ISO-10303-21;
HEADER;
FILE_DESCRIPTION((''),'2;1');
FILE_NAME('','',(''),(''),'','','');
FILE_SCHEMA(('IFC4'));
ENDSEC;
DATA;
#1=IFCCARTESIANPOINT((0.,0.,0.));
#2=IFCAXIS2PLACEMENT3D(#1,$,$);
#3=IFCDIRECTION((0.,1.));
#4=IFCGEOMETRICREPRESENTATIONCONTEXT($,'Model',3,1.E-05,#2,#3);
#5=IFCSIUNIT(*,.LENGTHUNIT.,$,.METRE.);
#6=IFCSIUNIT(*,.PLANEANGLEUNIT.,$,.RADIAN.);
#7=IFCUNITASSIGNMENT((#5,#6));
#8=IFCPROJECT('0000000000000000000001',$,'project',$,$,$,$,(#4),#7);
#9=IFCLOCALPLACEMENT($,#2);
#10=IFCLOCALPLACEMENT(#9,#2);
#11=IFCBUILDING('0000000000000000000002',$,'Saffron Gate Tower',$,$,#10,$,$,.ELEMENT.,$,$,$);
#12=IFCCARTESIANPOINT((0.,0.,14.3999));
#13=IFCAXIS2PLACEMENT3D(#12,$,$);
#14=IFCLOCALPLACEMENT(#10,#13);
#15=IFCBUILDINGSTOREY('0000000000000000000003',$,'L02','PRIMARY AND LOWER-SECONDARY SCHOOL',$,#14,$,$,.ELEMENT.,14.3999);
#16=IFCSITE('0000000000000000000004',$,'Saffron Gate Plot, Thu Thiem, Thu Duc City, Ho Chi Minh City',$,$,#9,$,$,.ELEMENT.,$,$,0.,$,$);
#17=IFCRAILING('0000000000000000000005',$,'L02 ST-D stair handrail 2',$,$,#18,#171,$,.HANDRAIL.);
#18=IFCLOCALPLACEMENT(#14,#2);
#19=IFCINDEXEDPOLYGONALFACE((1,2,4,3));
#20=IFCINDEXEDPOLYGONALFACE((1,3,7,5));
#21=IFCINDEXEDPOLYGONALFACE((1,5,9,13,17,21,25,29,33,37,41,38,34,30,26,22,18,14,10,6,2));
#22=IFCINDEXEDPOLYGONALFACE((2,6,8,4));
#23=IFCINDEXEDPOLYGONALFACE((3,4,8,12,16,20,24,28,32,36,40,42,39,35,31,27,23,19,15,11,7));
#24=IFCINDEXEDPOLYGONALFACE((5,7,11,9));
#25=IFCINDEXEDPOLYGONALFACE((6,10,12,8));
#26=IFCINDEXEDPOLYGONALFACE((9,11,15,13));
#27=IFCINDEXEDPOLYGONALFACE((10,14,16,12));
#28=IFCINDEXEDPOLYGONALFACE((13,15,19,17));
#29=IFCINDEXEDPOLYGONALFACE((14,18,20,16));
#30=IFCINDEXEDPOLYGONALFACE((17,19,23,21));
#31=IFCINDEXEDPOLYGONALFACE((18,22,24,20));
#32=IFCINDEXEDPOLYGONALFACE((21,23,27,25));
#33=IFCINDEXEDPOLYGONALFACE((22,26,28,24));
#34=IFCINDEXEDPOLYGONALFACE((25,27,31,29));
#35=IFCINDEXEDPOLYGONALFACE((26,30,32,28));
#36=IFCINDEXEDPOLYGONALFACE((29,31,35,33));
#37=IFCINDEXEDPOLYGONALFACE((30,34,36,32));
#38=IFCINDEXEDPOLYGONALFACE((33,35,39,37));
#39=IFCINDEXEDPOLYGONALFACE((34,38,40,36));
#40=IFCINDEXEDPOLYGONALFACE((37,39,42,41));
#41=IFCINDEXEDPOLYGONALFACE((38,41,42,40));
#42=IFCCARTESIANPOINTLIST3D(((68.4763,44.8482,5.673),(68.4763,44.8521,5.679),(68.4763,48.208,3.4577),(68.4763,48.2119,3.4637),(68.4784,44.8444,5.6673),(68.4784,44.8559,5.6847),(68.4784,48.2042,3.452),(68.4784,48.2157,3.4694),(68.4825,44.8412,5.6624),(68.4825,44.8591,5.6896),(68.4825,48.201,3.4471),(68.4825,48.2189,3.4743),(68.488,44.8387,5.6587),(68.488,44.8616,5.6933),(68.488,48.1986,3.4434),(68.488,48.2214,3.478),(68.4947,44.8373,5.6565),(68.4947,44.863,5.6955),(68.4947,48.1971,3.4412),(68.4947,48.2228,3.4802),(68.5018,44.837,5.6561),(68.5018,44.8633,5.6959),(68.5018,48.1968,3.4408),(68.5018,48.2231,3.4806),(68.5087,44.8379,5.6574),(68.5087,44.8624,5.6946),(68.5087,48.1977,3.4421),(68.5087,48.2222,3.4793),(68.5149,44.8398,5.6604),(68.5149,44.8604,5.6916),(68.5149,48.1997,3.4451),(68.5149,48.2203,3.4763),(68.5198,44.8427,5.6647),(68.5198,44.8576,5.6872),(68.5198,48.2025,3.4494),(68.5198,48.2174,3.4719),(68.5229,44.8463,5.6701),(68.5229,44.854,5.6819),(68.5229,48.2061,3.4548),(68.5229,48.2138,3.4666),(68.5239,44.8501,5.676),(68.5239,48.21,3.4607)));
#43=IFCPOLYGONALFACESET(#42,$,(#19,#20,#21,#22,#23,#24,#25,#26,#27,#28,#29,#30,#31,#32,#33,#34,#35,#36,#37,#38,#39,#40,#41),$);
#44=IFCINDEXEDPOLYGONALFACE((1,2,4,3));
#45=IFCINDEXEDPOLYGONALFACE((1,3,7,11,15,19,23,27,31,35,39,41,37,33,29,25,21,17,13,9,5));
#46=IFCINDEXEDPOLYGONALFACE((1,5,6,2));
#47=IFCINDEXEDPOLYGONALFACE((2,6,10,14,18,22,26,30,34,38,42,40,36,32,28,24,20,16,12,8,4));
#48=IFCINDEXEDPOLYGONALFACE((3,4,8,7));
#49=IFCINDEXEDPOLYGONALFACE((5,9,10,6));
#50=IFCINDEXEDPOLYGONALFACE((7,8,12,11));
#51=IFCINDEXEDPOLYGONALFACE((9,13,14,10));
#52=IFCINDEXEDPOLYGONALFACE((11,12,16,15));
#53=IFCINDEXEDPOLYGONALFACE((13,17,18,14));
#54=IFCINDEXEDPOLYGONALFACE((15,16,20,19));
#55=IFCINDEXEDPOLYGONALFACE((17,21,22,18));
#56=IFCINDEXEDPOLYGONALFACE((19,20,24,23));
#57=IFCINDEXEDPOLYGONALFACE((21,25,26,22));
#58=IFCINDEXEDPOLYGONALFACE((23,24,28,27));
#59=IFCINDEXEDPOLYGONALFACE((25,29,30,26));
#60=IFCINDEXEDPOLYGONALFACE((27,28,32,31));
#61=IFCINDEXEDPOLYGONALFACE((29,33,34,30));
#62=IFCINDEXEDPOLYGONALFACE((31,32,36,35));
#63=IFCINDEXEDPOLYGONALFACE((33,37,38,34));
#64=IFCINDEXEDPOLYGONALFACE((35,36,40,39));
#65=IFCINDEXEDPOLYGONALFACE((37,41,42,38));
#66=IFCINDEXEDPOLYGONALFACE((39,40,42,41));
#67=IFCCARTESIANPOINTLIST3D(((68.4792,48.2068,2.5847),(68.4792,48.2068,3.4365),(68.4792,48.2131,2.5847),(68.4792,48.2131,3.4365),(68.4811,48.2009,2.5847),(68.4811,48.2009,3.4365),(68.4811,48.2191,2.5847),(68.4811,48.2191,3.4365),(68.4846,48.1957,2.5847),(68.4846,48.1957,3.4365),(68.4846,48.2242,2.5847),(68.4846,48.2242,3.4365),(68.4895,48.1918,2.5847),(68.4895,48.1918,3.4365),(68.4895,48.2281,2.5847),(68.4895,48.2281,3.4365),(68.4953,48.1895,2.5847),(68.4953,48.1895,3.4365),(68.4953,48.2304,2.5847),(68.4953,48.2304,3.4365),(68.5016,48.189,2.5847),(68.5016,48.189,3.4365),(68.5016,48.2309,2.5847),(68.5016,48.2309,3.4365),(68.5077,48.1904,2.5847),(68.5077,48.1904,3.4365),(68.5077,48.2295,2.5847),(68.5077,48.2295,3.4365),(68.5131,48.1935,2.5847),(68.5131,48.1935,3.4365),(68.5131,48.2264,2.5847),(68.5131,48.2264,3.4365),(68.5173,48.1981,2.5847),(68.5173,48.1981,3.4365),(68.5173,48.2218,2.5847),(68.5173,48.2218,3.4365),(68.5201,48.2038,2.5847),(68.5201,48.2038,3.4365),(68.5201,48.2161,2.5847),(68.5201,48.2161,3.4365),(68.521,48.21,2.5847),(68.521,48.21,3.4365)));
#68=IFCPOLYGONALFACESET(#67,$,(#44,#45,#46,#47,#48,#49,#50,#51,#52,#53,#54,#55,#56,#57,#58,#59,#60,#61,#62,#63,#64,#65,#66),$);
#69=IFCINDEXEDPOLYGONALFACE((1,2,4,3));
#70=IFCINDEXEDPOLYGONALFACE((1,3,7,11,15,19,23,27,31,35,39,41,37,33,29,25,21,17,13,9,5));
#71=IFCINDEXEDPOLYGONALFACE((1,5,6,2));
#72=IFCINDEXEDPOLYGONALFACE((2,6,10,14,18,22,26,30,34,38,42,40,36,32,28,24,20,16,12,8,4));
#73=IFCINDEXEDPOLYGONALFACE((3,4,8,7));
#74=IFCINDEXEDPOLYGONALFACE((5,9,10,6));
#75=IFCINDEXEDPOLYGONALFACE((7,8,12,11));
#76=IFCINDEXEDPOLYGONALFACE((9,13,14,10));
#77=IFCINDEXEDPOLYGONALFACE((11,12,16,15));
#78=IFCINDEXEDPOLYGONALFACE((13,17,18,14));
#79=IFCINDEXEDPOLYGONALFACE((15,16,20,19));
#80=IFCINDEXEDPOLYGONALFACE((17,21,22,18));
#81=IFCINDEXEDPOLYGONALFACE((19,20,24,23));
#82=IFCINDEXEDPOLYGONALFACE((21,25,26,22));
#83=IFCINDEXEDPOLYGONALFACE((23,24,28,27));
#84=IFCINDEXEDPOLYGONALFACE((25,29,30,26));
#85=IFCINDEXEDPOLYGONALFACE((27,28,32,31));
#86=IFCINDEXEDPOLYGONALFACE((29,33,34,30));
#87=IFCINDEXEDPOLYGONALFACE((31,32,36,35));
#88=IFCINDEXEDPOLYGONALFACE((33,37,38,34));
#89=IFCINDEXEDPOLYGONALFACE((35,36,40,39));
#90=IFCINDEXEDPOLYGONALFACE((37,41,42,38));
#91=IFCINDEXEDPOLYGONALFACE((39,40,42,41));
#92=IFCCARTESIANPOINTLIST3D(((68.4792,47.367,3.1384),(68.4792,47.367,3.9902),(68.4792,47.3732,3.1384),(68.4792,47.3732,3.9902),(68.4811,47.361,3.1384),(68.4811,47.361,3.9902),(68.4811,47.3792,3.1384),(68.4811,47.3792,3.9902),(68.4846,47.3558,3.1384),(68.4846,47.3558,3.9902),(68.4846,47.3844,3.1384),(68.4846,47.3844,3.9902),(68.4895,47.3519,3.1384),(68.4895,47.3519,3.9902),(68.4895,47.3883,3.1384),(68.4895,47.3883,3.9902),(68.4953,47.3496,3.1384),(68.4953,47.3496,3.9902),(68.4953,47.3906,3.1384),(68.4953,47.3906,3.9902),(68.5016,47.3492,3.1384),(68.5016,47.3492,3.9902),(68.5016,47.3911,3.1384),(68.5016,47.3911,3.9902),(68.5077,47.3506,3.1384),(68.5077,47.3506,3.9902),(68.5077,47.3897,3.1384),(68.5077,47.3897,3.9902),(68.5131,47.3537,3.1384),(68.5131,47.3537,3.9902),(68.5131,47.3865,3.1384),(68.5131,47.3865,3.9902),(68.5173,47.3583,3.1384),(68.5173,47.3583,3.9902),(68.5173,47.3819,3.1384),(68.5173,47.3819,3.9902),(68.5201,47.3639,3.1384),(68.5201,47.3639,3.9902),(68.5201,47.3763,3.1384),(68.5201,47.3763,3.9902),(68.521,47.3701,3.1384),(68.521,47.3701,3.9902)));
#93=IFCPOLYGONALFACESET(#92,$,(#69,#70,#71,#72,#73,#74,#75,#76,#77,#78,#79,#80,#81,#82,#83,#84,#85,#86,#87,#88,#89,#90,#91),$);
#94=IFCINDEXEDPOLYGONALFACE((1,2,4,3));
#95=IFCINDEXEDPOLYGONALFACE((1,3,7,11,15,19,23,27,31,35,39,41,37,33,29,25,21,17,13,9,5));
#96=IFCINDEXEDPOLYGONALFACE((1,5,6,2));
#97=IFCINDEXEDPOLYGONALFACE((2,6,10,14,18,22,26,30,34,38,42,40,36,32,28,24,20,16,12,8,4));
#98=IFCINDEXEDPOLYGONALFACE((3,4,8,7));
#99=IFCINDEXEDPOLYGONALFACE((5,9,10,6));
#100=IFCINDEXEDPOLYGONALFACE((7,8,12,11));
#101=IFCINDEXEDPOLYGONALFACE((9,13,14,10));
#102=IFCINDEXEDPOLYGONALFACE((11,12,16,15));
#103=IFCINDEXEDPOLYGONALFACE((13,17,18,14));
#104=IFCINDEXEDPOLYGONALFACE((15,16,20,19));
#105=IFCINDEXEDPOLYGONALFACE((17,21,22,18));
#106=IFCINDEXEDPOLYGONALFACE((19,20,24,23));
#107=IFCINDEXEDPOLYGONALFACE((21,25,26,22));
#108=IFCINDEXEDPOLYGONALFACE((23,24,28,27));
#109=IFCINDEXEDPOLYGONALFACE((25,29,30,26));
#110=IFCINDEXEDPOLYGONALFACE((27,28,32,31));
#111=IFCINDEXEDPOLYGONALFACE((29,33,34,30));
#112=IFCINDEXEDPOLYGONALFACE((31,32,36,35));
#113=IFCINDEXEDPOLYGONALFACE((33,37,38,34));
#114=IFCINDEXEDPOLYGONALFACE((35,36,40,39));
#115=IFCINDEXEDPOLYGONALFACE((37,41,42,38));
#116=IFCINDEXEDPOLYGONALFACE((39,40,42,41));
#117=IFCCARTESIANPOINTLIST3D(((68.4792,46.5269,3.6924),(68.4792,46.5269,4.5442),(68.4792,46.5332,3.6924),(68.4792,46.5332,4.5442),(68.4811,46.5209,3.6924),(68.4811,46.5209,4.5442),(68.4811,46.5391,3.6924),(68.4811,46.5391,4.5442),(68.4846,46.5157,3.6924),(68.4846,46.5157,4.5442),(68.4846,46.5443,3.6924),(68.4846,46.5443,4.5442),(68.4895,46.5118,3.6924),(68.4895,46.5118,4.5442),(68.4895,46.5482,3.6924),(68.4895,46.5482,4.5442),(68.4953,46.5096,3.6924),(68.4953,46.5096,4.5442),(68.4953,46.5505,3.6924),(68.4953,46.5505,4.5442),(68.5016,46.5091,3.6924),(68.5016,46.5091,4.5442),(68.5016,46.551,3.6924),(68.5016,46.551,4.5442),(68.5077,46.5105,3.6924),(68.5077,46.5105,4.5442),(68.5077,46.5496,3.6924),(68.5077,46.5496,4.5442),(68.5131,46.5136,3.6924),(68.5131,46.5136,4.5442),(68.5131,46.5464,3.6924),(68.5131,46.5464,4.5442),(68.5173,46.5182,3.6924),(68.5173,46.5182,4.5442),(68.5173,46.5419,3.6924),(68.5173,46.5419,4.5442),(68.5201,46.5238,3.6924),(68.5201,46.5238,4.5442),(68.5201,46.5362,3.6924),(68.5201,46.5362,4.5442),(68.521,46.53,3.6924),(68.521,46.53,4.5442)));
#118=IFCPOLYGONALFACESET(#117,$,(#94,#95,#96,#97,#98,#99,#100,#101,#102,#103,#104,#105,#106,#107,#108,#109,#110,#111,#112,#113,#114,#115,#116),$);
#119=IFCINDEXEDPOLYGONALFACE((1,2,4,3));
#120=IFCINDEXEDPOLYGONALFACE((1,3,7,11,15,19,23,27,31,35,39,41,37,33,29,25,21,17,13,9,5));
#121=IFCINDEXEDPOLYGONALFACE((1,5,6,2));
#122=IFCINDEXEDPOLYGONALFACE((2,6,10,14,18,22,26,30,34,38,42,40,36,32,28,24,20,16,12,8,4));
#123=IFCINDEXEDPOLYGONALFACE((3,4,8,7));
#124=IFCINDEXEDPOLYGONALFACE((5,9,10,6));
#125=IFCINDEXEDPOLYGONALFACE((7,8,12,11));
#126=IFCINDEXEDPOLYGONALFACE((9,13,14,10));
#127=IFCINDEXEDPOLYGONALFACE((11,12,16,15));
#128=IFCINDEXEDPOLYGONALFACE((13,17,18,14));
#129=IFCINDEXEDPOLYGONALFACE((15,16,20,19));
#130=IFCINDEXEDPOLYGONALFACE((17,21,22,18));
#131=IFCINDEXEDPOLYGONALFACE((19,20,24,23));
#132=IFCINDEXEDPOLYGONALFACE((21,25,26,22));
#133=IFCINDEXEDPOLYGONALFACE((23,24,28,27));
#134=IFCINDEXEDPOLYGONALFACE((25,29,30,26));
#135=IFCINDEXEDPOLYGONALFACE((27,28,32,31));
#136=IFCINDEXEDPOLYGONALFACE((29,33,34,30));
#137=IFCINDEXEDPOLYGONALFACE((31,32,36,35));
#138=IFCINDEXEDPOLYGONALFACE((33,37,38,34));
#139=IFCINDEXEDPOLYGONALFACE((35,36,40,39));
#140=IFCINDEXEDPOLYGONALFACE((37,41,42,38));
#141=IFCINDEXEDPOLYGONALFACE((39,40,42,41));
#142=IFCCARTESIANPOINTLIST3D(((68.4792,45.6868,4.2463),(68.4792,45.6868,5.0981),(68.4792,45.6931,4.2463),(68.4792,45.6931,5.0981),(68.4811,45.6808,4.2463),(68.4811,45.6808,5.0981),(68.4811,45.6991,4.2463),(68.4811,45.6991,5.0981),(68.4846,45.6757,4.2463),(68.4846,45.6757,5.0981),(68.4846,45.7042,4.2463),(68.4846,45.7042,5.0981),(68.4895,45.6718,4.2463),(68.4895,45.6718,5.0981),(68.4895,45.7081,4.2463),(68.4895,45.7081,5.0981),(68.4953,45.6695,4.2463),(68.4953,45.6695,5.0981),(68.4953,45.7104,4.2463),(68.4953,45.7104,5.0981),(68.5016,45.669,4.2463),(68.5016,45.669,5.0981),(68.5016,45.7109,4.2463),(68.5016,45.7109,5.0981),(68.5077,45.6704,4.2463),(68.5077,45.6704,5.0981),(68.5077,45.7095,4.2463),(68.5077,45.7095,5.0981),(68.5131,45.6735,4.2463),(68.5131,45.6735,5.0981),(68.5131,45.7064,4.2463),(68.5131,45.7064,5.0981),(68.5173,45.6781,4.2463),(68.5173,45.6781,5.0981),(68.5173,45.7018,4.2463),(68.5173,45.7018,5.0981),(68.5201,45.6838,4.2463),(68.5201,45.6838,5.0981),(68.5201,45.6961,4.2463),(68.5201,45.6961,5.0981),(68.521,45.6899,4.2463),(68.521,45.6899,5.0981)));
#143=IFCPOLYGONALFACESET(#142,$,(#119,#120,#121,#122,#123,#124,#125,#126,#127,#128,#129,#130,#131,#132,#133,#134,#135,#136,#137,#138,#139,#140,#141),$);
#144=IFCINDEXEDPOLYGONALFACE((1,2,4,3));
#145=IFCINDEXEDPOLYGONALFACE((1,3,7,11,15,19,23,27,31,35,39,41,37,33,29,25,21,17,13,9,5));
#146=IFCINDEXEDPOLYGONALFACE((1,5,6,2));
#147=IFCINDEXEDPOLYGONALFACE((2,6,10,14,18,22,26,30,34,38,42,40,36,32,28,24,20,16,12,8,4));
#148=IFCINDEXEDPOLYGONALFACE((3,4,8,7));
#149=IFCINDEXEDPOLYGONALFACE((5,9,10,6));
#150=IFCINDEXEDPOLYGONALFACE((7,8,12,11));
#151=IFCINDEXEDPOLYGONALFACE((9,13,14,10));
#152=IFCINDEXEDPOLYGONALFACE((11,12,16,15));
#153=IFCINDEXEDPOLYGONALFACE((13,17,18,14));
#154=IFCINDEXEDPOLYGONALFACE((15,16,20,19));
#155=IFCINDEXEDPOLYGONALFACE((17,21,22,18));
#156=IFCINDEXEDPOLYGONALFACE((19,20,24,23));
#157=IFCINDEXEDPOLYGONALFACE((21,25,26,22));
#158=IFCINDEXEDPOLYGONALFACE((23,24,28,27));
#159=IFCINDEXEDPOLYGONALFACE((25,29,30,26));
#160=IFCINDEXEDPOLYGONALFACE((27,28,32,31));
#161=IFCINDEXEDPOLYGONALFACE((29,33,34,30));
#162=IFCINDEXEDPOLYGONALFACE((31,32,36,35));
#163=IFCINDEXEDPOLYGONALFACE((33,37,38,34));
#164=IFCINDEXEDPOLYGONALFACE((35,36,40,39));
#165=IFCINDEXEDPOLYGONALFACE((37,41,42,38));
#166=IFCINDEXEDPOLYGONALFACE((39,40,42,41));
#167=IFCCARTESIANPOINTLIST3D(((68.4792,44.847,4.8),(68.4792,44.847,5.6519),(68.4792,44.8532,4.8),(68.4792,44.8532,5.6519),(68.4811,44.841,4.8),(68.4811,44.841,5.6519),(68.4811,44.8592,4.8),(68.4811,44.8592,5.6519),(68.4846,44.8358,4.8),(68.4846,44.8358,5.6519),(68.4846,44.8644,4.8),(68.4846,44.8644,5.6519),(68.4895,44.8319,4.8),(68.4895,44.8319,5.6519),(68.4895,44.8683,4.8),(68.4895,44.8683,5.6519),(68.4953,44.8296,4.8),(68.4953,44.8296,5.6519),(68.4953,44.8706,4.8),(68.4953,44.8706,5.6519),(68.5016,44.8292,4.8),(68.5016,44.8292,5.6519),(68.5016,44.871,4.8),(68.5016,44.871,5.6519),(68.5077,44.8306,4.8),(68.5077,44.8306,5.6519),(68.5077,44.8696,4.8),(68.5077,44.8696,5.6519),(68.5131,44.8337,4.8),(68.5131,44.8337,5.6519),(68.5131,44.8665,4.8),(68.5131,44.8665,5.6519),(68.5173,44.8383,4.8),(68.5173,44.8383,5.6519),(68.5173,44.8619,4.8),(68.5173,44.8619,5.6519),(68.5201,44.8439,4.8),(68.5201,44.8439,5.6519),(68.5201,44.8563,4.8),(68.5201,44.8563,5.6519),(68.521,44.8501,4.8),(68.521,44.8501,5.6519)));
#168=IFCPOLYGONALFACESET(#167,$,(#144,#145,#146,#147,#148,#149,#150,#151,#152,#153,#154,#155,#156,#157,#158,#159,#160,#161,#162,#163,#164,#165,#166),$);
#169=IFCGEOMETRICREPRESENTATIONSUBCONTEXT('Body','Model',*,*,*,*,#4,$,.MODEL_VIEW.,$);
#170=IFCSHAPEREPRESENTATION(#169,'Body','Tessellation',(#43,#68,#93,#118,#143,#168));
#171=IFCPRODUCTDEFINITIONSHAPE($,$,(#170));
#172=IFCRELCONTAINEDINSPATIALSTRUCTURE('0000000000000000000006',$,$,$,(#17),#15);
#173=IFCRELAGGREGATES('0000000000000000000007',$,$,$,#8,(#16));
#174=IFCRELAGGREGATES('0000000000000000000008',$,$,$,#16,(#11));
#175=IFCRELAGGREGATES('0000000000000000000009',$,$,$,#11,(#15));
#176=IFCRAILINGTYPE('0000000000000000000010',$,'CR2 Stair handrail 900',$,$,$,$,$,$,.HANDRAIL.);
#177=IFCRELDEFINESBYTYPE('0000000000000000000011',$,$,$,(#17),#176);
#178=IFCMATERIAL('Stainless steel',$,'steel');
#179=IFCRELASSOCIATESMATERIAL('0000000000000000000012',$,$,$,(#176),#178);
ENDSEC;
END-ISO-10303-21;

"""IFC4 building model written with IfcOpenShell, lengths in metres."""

from ifc_helpers import new_model, si_unit, direction, frame, origin, origin_2d, place, context, subcontext, project, spatial, circle, extrude, material, type_object, element, save


model = new_model("IFC4")

# Units and contexts
model_context = context("Model", 3, precision=1e-05, world=origin(), true_north=direction((0.0, 1.0)))
body_context = subcontext(model_context, "Body", "Model", "MODEL_VIEW")
ifc_project = project(units=[si_unit("LENGTHUNIT", "METRE"), si_unit("PLANEANGLEUNIT", "RADIAN")], contexts=[model_context])

# Site, building, storey
site_placement = place(None, origin())
site = spatial("IfcSite", under=ifc_project, at=site_placement, Name="Saffron Gate Plot, Thu Thiem, Thu Duc City, Ho Chi Minh City", CompositionType="ELEMENT", RefElevation=0.0)
building_placement = place(site_placement, origin())
building = spatial("IfcBuilding", under=site, at=building_placement, Name="Saffron Gate Tower", CompositionType="ELEMENT")
storey_placement = place(building_placement, frame((0.0, 0.0, 14.3999)))
storey = spatial("IfcBuildingStorey", under=building, at=storey_placement, Name="L02", Description="PRIMARY AND LOWER-SECONDARY SCHOOL", CompositionType="ELEMENT", Elevation=14.3999)

# Railing
ifc_material_1 = material(Name="Stainless steel", Category="steel")
railing_type_1 = type_object("IfcRailingType", Name="CR2 Stair handrail 900", PredefinedType="HANDRAIL", material=ifc_material_1)
railing_1_placement = place(storey_placement, frame((68.5, 48.21, 2.5847)))
element("IfcRailing", 1, at=railing_1_placement, inside=storey, type_object=railing_type_1, Name="L02 ST-D stair handrail 2", PredefinedType="HANDRAIL", context=body_context, shape_type="SweptSolid", body=[
    extrude(circle(Radius=0.0239, at=origin_2d()), frame((0.0, 0.0, 0.876), z_axis=(0.0, -0.834858, 0.550465), x_axis=(1.0, 0.0, 0.0)), (0.0, 0.0, 1.0), 4.0244),
    extrude(circle(Radius=0.021, at=origin_2d()), origin(), (0.0, 0.0, 1.0), 0.8518),
    extrude(circle(Radius=0.021, at=origin_2d()), frame((0.0, -0.8398, 0.5537)), (0.0, 0.0, 1.0), 0.8518),
    extrude(circle(Radius=0.021, at=origin_2d()), frame((0.0, -1.6799, 1.1077)), (0.0, 0.0, 1.0), 0.8518),
    extrude(circle(Radius=0.021, at=origin_2d()), frame((0.0, -2.52, 1.6616)), (0.0, 0.0, 1.0), 0.8518),
    extrude(circle(Radius=0.021, at=origin_2d()), frame((0.0, -3.3599, 2.2153)), (0.0, 0.0, 1.0), 0.8518),
])

save(model, "model.ifc")
